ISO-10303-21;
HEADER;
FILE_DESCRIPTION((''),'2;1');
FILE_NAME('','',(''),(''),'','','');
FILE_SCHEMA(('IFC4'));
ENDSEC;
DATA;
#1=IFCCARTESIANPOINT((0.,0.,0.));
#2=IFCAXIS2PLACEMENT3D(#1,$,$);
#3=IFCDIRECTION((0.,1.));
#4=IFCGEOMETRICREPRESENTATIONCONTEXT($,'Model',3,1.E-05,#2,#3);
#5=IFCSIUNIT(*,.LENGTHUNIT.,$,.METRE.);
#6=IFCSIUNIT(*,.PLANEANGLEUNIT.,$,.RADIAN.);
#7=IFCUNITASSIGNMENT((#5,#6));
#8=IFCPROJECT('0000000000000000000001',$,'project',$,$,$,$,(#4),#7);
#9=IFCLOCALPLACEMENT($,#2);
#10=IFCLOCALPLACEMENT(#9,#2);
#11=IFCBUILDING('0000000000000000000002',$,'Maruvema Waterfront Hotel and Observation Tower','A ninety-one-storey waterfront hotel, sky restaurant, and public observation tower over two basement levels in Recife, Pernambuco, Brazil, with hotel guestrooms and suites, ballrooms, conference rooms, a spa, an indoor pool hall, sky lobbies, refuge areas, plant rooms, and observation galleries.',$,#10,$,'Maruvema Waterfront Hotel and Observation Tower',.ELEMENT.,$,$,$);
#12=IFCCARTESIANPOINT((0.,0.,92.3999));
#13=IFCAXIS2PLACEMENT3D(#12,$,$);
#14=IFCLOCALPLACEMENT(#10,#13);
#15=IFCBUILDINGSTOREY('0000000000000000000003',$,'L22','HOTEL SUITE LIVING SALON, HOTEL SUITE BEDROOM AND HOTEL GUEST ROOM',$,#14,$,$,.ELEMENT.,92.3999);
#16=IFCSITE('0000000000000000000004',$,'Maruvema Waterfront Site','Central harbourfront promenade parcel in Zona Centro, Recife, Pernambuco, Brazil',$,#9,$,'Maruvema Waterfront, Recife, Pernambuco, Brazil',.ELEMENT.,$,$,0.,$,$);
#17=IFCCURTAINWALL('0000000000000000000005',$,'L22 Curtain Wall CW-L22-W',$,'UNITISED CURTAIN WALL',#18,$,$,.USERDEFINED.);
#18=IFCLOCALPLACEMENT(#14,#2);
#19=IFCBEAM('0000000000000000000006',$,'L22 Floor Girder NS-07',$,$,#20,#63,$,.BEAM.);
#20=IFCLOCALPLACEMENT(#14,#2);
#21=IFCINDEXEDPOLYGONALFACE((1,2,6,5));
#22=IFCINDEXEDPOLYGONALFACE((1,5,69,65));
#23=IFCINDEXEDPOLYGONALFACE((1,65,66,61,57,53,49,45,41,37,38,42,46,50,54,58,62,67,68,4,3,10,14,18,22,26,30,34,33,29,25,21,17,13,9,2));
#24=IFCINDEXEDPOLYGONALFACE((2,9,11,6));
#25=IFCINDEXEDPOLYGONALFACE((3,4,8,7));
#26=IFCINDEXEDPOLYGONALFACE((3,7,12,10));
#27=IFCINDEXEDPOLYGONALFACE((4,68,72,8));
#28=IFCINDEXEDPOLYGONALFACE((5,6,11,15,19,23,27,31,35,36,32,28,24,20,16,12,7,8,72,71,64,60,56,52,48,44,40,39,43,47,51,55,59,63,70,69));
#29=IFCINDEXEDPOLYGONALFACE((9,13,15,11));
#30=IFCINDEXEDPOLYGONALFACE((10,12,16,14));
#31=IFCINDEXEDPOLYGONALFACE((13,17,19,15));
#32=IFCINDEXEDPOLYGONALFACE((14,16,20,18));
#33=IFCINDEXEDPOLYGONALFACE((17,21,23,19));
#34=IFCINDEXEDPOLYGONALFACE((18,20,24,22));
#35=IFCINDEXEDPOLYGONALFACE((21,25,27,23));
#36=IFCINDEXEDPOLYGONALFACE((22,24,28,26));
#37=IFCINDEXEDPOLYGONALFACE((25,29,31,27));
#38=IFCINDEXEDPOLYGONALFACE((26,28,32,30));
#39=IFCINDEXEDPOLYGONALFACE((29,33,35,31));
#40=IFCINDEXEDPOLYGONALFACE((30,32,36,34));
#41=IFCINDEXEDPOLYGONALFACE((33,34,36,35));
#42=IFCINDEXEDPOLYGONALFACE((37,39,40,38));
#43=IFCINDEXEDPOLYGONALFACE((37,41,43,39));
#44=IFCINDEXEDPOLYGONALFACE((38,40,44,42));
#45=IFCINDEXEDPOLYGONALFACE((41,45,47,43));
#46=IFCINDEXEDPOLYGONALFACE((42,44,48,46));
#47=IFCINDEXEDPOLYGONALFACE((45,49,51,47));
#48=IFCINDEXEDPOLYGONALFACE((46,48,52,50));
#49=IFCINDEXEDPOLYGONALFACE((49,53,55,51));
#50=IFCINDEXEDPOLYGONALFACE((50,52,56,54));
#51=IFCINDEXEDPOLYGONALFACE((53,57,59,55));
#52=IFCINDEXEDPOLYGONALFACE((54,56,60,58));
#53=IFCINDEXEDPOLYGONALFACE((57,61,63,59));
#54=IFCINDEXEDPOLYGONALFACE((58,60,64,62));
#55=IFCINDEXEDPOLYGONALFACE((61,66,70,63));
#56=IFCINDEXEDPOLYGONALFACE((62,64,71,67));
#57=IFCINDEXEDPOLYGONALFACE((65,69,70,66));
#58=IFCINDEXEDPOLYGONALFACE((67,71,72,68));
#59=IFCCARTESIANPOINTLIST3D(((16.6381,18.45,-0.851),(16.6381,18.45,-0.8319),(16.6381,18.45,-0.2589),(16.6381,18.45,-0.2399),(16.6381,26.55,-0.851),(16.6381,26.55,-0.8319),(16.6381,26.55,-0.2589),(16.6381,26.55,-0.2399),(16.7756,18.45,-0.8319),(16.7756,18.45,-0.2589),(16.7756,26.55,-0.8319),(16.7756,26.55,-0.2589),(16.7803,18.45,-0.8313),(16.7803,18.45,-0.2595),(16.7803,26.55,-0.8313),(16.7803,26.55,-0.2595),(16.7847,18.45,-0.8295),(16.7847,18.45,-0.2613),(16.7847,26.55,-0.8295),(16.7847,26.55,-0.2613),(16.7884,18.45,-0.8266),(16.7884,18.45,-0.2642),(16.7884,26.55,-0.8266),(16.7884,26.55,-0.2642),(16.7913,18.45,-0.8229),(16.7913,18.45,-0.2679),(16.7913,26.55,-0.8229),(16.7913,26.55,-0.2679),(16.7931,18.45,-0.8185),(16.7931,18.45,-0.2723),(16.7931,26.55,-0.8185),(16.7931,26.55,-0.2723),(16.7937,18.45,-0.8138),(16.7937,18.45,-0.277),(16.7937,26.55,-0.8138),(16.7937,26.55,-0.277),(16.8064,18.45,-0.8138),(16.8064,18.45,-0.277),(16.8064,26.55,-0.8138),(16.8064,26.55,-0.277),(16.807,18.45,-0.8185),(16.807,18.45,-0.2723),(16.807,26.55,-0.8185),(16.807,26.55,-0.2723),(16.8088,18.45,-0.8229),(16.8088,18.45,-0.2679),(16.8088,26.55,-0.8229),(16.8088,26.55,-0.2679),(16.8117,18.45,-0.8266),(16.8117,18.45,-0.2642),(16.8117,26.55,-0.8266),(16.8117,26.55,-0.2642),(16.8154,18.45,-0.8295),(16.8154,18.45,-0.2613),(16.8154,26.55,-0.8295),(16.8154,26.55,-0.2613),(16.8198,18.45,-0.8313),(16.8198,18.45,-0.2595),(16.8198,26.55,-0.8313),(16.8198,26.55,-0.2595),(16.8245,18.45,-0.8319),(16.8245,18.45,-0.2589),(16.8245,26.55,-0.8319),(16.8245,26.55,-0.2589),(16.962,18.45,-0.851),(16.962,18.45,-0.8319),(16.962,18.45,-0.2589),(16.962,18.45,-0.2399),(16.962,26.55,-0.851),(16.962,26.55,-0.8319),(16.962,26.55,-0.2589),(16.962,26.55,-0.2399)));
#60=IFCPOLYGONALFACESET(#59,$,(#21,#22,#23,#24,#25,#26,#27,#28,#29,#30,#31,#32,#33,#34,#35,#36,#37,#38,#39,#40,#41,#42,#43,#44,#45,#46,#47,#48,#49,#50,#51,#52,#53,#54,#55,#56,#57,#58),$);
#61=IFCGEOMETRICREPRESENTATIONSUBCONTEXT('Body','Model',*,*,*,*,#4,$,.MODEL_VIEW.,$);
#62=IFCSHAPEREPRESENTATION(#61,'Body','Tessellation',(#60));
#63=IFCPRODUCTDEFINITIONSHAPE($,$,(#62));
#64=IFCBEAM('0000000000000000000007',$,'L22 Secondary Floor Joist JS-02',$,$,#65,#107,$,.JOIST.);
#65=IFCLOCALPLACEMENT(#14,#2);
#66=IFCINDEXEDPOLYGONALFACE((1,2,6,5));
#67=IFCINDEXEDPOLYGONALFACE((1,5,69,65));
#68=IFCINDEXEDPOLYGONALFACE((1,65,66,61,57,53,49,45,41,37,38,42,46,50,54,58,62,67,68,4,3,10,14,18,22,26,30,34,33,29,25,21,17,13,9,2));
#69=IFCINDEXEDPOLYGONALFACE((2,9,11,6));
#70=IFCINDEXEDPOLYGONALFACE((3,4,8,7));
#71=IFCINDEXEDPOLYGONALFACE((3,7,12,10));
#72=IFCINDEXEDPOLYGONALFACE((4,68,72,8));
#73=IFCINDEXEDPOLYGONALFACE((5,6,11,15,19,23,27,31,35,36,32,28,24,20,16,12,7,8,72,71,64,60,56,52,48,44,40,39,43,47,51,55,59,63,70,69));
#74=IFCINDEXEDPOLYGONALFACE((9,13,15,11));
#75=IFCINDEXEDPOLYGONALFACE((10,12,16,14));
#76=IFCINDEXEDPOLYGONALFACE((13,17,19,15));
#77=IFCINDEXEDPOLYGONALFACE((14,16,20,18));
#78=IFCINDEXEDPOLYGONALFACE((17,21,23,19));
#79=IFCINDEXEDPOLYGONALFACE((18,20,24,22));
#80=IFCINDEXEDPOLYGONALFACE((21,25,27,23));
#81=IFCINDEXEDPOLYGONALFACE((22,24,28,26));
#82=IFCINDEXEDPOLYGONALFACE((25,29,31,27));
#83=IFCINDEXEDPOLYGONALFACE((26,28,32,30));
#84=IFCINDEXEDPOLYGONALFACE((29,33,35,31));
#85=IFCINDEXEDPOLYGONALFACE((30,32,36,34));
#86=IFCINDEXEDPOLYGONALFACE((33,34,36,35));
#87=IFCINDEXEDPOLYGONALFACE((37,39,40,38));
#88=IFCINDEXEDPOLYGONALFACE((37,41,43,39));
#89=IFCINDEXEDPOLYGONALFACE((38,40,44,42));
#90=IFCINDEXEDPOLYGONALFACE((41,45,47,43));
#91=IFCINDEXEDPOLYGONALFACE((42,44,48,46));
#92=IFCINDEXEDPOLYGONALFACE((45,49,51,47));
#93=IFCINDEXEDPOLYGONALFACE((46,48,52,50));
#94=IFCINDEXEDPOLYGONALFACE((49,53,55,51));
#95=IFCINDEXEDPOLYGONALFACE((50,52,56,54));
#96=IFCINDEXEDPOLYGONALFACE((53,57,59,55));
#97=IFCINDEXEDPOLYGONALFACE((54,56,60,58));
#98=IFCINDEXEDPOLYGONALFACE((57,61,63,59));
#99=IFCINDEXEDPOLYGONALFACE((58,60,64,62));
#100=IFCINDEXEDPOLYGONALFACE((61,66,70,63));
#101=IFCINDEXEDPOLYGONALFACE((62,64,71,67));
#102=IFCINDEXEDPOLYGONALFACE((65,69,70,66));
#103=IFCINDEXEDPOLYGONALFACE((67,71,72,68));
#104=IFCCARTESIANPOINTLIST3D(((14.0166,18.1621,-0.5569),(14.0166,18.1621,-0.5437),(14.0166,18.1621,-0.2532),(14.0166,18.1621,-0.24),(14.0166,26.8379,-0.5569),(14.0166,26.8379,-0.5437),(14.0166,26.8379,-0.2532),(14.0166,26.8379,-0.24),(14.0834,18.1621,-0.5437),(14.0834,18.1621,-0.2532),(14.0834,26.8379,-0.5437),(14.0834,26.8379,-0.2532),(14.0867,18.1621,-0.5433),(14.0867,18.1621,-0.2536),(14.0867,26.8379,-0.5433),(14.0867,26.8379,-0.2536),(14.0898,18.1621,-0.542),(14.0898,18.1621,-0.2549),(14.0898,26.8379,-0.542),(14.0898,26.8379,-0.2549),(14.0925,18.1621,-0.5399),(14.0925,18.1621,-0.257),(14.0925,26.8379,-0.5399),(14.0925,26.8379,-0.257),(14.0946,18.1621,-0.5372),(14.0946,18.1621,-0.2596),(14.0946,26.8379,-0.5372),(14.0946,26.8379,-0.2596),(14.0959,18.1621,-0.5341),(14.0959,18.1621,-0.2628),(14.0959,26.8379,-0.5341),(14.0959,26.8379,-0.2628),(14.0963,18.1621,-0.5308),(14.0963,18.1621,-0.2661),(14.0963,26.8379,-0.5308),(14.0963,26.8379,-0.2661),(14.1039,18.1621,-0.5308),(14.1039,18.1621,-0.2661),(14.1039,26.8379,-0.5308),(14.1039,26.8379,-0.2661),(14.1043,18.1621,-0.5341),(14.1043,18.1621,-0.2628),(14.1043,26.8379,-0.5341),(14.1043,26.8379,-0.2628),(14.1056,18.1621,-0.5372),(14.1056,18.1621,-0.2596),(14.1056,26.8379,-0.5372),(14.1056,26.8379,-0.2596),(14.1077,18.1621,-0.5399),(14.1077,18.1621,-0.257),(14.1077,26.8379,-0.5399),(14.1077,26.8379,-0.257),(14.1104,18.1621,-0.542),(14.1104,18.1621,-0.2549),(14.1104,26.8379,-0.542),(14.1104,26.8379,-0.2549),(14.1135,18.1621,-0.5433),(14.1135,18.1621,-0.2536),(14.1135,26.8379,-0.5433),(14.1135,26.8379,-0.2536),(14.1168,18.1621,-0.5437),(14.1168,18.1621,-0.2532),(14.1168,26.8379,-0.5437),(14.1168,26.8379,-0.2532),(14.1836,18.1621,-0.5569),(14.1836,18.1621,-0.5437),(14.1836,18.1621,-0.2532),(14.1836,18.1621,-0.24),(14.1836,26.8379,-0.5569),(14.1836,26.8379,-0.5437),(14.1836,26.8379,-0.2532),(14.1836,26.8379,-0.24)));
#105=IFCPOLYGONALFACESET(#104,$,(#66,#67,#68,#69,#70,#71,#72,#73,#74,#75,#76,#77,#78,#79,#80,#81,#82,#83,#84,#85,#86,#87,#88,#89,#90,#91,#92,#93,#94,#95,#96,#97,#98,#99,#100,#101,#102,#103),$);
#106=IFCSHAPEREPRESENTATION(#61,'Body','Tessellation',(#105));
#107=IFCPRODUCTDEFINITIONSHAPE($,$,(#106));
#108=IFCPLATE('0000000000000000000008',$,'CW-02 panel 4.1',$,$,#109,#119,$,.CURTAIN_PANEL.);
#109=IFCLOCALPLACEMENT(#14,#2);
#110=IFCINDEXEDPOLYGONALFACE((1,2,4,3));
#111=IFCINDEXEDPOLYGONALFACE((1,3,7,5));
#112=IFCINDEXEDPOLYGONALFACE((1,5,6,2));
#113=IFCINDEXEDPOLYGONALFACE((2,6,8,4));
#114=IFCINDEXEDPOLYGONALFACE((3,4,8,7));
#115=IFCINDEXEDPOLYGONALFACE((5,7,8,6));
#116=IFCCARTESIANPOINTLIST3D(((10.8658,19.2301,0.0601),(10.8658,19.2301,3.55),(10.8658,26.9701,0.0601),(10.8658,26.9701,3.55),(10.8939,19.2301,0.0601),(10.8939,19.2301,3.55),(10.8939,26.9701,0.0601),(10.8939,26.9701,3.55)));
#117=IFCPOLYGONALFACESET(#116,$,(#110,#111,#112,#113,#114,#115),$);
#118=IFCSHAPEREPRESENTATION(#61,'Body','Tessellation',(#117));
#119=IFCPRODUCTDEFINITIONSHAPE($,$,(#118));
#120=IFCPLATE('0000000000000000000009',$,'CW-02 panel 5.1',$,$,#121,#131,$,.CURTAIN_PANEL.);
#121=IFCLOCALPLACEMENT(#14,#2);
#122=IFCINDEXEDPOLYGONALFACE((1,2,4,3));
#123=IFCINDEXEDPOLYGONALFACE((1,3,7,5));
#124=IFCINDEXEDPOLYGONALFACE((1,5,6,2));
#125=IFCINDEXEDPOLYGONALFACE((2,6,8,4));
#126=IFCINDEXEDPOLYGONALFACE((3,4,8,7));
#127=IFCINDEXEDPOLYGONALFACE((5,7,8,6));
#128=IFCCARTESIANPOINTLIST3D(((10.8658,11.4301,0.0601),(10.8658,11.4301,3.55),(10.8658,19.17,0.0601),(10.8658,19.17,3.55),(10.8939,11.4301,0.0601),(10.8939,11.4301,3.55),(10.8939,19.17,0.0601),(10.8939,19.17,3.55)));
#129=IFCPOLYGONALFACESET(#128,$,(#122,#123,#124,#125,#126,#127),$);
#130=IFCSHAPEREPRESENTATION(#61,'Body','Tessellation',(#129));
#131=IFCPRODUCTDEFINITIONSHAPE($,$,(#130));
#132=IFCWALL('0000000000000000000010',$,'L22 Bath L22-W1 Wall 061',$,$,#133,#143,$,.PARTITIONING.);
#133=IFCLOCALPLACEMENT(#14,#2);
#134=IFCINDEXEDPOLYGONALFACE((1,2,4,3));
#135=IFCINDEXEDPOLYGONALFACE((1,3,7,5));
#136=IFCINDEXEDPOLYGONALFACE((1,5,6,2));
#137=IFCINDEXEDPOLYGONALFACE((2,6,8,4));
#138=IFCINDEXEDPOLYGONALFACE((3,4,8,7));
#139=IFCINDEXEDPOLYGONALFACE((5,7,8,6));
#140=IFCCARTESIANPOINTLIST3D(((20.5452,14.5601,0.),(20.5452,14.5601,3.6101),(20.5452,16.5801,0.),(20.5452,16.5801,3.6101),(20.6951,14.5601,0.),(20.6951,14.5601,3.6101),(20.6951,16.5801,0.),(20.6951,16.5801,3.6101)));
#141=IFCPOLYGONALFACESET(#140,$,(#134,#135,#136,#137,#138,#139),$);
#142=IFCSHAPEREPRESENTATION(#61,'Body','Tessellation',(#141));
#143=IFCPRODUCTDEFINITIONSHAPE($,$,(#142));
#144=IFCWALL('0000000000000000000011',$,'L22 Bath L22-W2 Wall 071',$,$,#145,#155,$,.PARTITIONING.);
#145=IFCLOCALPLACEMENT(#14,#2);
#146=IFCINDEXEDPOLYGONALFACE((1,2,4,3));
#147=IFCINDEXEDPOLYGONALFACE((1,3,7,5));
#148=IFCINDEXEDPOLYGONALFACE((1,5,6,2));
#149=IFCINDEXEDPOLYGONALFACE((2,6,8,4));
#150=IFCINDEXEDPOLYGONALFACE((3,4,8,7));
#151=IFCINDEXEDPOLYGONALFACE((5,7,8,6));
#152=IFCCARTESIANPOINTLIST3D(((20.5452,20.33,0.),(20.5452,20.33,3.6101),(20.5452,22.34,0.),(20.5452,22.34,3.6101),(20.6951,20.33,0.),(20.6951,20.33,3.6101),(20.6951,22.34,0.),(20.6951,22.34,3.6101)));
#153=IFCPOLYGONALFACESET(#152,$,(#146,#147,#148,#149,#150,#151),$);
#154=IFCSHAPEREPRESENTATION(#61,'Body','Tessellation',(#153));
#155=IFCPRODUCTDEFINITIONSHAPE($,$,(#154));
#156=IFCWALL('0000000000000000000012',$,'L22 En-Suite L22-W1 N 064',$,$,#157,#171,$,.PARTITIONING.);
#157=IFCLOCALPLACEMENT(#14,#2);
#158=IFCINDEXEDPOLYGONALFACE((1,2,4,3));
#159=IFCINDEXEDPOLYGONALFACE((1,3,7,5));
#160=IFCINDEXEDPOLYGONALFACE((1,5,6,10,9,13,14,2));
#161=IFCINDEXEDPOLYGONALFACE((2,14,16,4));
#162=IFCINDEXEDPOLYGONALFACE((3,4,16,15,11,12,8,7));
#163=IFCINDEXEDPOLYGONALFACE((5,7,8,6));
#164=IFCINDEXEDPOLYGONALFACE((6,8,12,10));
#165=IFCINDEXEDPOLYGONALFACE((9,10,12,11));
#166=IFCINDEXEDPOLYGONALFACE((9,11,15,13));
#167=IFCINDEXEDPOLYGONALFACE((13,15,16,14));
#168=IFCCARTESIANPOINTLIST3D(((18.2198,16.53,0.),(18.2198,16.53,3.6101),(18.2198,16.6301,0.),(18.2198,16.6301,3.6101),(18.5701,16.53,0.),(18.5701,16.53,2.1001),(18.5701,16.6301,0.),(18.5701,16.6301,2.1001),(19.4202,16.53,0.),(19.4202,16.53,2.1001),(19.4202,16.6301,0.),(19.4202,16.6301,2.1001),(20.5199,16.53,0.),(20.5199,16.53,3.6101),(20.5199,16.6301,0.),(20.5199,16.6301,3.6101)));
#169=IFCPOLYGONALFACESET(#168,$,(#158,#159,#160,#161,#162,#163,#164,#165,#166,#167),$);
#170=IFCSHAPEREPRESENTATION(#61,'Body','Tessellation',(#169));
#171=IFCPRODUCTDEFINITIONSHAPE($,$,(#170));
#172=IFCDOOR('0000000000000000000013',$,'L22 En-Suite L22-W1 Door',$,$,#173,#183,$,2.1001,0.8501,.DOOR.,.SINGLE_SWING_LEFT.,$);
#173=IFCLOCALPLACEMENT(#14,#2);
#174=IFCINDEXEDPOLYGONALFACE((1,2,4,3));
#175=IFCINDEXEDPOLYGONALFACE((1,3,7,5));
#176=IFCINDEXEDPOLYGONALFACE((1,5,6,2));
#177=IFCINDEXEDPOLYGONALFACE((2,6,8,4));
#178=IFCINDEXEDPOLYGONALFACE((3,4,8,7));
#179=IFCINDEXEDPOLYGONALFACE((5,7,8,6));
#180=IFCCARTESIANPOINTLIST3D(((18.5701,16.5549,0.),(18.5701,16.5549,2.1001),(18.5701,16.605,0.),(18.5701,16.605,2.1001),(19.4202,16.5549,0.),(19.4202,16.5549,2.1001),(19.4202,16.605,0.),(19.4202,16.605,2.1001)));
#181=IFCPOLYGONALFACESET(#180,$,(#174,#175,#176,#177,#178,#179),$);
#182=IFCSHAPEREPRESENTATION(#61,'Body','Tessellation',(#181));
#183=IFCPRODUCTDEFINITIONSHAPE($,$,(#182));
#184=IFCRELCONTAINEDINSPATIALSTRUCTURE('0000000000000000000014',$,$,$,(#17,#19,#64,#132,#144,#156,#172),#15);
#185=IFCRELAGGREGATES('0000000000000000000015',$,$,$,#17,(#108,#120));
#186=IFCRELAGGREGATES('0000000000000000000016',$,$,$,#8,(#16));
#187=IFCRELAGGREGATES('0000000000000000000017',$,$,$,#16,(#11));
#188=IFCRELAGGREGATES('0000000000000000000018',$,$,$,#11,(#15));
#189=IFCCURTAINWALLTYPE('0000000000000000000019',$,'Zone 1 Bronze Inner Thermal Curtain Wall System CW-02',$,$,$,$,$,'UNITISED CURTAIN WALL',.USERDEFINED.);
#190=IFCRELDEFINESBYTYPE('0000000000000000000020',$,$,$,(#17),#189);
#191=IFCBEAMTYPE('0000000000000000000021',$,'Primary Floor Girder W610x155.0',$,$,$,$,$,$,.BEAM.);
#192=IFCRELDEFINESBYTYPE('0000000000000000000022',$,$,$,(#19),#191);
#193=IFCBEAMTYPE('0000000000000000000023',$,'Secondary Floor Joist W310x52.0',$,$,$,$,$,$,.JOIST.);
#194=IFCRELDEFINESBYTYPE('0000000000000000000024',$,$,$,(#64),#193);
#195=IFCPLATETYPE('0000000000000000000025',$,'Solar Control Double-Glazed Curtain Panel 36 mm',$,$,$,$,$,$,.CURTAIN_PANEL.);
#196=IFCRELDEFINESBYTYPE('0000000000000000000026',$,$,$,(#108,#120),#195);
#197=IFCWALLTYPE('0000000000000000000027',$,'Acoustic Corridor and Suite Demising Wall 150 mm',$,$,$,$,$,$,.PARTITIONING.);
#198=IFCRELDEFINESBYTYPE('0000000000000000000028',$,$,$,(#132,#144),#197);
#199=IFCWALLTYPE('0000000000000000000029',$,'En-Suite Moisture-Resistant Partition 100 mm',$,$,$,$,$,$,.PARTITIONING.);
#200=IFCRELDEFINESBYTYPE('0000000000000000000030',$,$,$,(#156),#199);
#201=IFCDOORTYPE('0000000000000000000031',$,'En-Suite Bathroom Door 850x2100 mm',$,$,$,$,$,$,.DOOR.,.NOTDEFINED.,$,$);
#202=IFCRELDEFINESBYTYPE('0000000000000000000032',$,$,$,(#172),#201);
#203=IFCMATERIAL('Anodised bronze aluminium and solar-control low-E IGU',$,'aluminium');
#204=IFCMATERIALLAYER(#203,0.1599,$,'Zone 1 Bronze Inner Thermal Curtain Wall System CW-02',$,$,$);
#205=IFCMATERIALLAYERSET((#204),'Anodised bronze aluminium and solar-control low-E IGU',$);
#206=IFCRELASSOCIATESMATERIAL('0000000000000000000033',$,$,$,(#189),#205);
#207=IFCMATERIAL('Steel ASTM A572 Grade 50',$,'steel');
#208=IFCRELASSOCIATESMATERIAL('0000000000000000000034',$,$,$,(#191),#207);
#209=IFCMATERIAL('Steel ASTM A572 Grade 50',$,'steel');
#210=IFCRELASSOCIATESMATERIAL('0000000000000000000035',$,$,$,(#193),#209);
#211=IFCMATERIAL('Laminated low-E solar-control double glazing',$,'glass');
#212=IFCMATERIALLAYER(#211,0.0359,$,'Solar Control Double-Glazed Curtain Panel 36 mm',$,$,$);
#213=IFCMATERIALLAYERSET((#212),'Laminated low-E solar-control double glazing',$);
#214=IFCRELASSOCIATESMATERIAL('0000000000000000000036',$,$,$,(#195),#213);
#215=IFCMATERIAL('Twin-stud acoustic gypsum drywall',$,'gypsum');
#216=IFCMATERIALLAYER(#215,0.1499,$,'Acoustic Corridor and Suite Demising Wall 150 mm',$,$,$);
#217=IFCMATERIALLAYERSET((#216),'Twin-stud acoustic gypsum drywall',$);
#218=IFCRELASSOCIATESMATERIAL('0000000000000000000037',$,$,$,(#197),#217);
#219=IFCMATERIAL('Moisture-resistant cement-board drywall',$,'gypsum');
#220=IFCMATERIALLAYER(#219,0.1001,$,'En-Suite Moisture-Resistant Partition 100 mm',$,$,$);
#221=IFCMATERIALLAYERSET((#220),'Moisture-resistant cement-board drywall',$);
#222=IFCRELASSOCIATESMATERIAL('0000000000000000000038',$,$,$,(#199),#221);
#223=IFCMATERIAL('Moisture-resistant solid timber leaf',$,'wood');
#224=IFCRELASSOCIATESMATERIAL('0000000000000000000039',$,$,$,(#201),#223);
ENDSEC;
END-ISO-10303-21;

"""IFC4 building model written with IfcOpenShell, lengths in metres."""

from ifc_helpers import new_model, si_unit, direction, frame, frame_2d, origin, origin_2d, place, context, subcontext, project, spatial, rectangle, i_section, extrude, material, layer, layer_set, material_profile, profile_set, type_object, element, fill, aggregate, save


model = new_model("IFC4")

# Units and contexts
model_context = context("Model", 3, precision=1e-05, world=origin(), true_north=direction((0.0, 1.0)))
body_context = subcontext(model_context, "Body", "Model", "MODEL_VIEW")
ifc_project = project(units=[si_unit("LENGTHUNIT", "METRE"), si_unit("PLANEANGLEUNIT", "RADIAN")], contexts=[model_context])

# Site, building, storey
site_placement = place(None, origin())
site = spatial("IfcSite", under=ifc_project, at=site_placement, Name="Maruvema Waterfront Site", Description="Central harbourfront promenade parcel in Zona Centro, Recife, Pernambuco, Brazil", LongName="Maruvema Waterfront, Recife, Pernambuco, Brazil", CompositionType="ELEMENT", RefElevation=0.0)
building_placement = place(site_placement, origin())
building = spatial("IfcBuilding", under=site, at=building_placement, Name="Maruvema Waterfront Hotel and Observation Tower", Description="A ninety-one-storey waterfront hotel, sky restaurant, and public observation tower over two basement levels in Recife, Pernambuco, Brazil, with hotel guestrooms and suites, ballrooms, conference rooms, a spa, an indoor pool hall, sky lobbies, refuge areas, plant rooms, and observation galleries.", LongName="Maruvema Waterfront Hotel and Observation Tower", CompositionType="ELEMENT")
storey_placement = place(building_placement, frame((0.0, 0.0, 92.3999)))
storey = spatial("IfcBuildingStorey", under=building, at=storey_placement, Name="L22", Description="HOTEL SUITE LIVING SALON, HOTEL SUITE BEDROOM AND HOTEL GUEST ROOM", CompositionType="ELEMENT", Elevation=92.3999)

# Curtain wall
ifc_material_1 = material(Name="Anodised bronze aluminium and solar-control low-E IGU", Category="aluminium")
ifc_layer_1 = layer(ifc_material_1, 0.1599, Name="Zone 1 Bronze Inner Thermal Curtain Wall System CW-02")
ifc_layer_set_1 = layer_set([ifc_layer_1], Name="Anodised bronze aluminium and solar-control low-E IGU")
curtain_wall_type = type_object("IfcCurtainWallType", Name="Zone 1 Bronze Inner Thermal Curtain Wall System CW-02", ElementType="UNITISED CURTAIN WALL", PredefinedType="USERDEFINED", material=ifc_layer_set_1)
curtain_wall_placement = place(storey_placement, origin())
curtain_wall = element("IfcCurtainWall", 1, at=curtain_wall_placement, inside=storey, type_object=curtain_wall_type, Name="L22 Curtain Wall CW-L22-W", ObjectType="UNITISED CURTAIN WALL", PredefinedType="USERDEFINED")

# Beams
ifc_material_2 = material(Name="Steel ASTM A572 Grade 50", Category="steel")
ifc_material_profile_1 = material_profile(ifc_material_2, i_section(OverallWidth=0.324, OverallDepth=0.6111, WebThickness=0.0127, FlangeThickness=0.019, FilletRadius=0.0181, at=origin_2d()), Name="W610x155.0")
ifc_profile_set_1 = profile_set([ifc_material_profile_1], Name="Steel ASTM A572 Grade 50")
beam_type_1 = type_object("IfcBeamType", Name="Primary Floor Girder W610x155.0", PredefinedType="BEAM", material=ifc_profile_set_1)
beam_1_placement = place(storey_placement, frame((16.8, 18.45, -0.5454), z_axis=(0.0, 1.0, 0.0), x_axis=(-1.0, 0.0, 0.0)))
element("IfcBeam", 2, at=beam_1_placement, inside=storey, type_object=beam_type_1, Name="L22 Floor Girder NS-07", PredefinedType="BEAM", context=body_context, shape_type="SweptSolid", body=[
    extrude(i_section(OverallWidth=0.324, OverallDepth=0.6111, WebThickness=0.0127, FlangeThickness=0.019, FilletRadius=0.0181, at=origin_2d()), origin(), (0.0, 0.0, 1.0), 8.1001),
])
ifc_material_3 = material(Name="Steel ASTM A572 Grade 50", Category="steel")
ifc_material_profile_2 = material_profile(ifc_material_3, i_section(OverallWidth=0.167, OverallDepth=0.3169, WebThickness=0.0076, FlangeThickness=0.0132, FilletRadius=0.0129, at=origin_2d()), Name="W310x52.0")
ifc_profile_set_2 = profile_set([ifc_material_profile_2], Name="Steel ASTM A572 Grade 50")
beam_type_2 = type_object("IfcBeamType", Name="Secondary Floor Joist W310x52.0", PredefinedType="JOIST", material=ifc_profile_set_2)
beam_2_placement = place(storey_placement, frame((14.1001, 18.1621, -0.3984), z_axis=(0.0, 1.0, 0.0), x_axis=(-1.0, 0.0, 0.0)))
element("IfcBeam", 3, at=beam_2_placement, inside=storey, type_object=beam_type_2, Name="L22 Secondary Floor Joist JS-02", PredefinedType="JOIST", context=body_context, shape_type="SweptSolid", body=[
    extrude(i_section(OverallWidth=0.167, OverallDepth=0.3169, WebThickness=0.0076, FlangeThickness=0.0132, FilletRadius=0.0129, at=origin_2d()), origin(), (0.0, 0.0, 1.0), 8.6758),
])

# Plates
ifc_material_4 = material(Name="Laminated low-E solar-control double glazing", Category="glass")
ifc_layer_2 = layer(ifc_material_4, 0.0359, Name="Solar Control Double-Glazed Curtain Panel 36 mm")
ifc_layer_set_2 = layer_set([ifc_layer_2], Name="Laminated low-E solar-control double glazing")
plate_type = type_object("IfcPlateType", Name="Solar Control Double-Glazed Curtain Panel 36 mm", PredefinedType="CURTAIN_PANEL", material=ifc_layer_set_2)
plate_1_placement = place(storey_placement, frame((10.8799, 23.1001, 0.0601), z_axis=(0.0, 0.0, 1.0), x_axis=(0.0, -1.0, 0.0)))
plate_1 = element("IfcPlate", 4, at=plate_1_placement, type_object=plate_type, Name="CW-02 panel 4.1", PredefinedType="CURTAIN_PANEL", context=body_context, shape_type="SweptSolid", body=[
    extrude(rectangle(XDim=7.74, YDim=0.0281, at=origin_2d()), origin(), (0.0, 0.0, 1.0), 3.49),
])
plate_2_placement = place(storey_placement, frame((10.8799, 15.3, 0.0601), z_axis=(0.0, 0.0, 1.0), x_axis=(0.0, -1.0, 0.0)))
plate_2 = element("IfcPlate", 5, at=plate_2_placement, type_object=plate_type, Name="CW-02 panel 5.1", PredefinedType="CURTAIN_PANEL", context=body_context, shape_type="SweptSolid", body=[
    extrude(rectangle(XDim=7.74, YDim=0.0281, at=origin_2d()), origin(), (0.0, 0.0, 1.0), 3.49),
])
aggregate(curtain_wall, [plate_1, plate_2])

# Wall
ifc_material_5 = material(Name="Twin-stud acoustic gypsum drywall", Category="gypsum")
ifc_layer_3 = layer(ifc_material_5, 0.1499, Name="Acoustic Corridor and Suite Demising Wall 150 mm")
ifc_layer_set_3 = layer_set([ifc_layer_3], Name="Twin-stud acoustic gypsum drywall")
wall_type_1 = type_object("IfcWallType", Name="Acoustic Corridor and Suite Demising Wall 150 mm", PredefinedType="PARTITIONING", material=ifc_layer_set_3)
wall_1_placement = place(storey_placement, frame((20.6201, 14.5601, 0.0), z_axis=(0.0, 0.0, 1.0), x_axis=(0.0, 1.0, 0.0)))
element("IfcWall", 6, at=wall_1_placement, inside=storey, type_object=wall_type_1, Name="L22 Bath L22-W1 Wall 061", PredefinedType="PARTITIONING", context=body_context, shape_type="SweptSolid", body=[
    extrude(rectangle(XDim=2.02, YDim=0.1499, at=frame_2d((1.01, 0.0))), origin(), (0.0, 0.0, 1.0), 3.6101),
])

# Wall
wall_2_placement = place(storey_placement, frame((20.6201, 20.3301, 0.0), z_axis=(0.0, 0.0, 1.0), x_axis=(0.0, 1.0, 0.0)))
element("IfcWall", 7, at=wall_2_placement, inside=storey, type_object=wall_type_1, Name="L22 Bath L22-W2 Wall 071", PredefinedType="PARTITIONING", context=body_context, shape_type="SweptSolid", body=[
    extrude(rectangle(XDim=2.01, YDim=0.1499, at=frame_2d((1.0049, 0.0))), origin(), (0.0, 0.0, 1.0), 3.6101),
])

# Wall, opening, door
ifc_material_6 = material(Name="Moisture-resistant cement-board drywall", Category="gypsum")
ifc_layer_4 = layer(ifc_material_6, 0.1001, Name="En-Suite Moisture-Resistant Partition 100 mm")
ifc_layer_set_4 = layer_set([ifc_layer_4], Name="Moisture-resistant cement-board drywall")
wall_type_2 = type_object("IfcWallType", Name="En-Suite Moisture-Resistant Partition 100 mm", PredefinedType="PARTITIONING", material=ifc_layer_set_4)
wall_3_placement = place(storey_placement, frame((18.22, 16.5801, 0.0), z_axis=(0.0, 0.0, 1.0), x_axis=(1.0, 0.0, 0.0)))
wall_3 = element("IfcWall", 8, at=wall_3_placement, inside=storey, type_object=wall_type_2, Name="L22 En-Suite L22-W1 N 064", PredefinedType="PARTITIONING", context=body_context, shape_type="SweptSolid", body=[
    extrude(rectangle(XDim=2.3, YDim=0.1001, at=frame_2d((1.1499, 0.0))), origin(), (0.0, 0.0, 1.0), 3.6101),
])
opening_1_placement = place(wall_3_placement, frame((0.3501, 0.0, 0.0)))
opening_1 = element("IfcOpeningElement", 9, at=opening_1_placement, cuts=wall_3, PredefinedType="OPENING", context=body_context, shape_type="SweptSolid", body=[
    extrude(rectangle(XDim=0.8501, YDim=2.1001, at=frame_2d((0.425, 1.05))), frame((0.0, 0.0601, 0.0), z_axis=(0.0, -1.0, 0.0), x_axis=(1.0, 0.0, 0.0)), (0.0, 0.0, 1.0), 0.1201),
])
ifc_material_7 = material(Name="Moisture-resistant solid timber leaf", Category="wood")
door_type_1 = type_object("IfcDoorType", Name="En-Suite Bathroom Door 850x2100 mm", OperationType="NOTDEFINED", PredefinedType="DOOR", material=ifc_material_7)
door_1_placement = place(opening_1_placement, origin())
door_1 = element("IfcDoor", 10, at=door_1_placement, inside=storey, type_object=door_type_1, Name="L22 En-Suite L22-W1 Door", OperationType="SINGLE_SWING_LEFT", OverallHeight=2.1001, OverallWidth=0.8501, PredefinedType="DOOR", context=body_context, shape_type="SweptSolid", body=[
    extrude(rectangle(XDim=0.8501, YDim=2.1001, at=frame_2d((0.425, 1.05))), frame((0.0, 0.0249, 0.0), z_axis=(0.0, -1.0, 0.0), x_axis=(1.0, 0.0, 0.0)), (0.0, 0.0, 1.0), 0.05),
])
fill(opening_1, door_1)

save(model, "model.ifc")
